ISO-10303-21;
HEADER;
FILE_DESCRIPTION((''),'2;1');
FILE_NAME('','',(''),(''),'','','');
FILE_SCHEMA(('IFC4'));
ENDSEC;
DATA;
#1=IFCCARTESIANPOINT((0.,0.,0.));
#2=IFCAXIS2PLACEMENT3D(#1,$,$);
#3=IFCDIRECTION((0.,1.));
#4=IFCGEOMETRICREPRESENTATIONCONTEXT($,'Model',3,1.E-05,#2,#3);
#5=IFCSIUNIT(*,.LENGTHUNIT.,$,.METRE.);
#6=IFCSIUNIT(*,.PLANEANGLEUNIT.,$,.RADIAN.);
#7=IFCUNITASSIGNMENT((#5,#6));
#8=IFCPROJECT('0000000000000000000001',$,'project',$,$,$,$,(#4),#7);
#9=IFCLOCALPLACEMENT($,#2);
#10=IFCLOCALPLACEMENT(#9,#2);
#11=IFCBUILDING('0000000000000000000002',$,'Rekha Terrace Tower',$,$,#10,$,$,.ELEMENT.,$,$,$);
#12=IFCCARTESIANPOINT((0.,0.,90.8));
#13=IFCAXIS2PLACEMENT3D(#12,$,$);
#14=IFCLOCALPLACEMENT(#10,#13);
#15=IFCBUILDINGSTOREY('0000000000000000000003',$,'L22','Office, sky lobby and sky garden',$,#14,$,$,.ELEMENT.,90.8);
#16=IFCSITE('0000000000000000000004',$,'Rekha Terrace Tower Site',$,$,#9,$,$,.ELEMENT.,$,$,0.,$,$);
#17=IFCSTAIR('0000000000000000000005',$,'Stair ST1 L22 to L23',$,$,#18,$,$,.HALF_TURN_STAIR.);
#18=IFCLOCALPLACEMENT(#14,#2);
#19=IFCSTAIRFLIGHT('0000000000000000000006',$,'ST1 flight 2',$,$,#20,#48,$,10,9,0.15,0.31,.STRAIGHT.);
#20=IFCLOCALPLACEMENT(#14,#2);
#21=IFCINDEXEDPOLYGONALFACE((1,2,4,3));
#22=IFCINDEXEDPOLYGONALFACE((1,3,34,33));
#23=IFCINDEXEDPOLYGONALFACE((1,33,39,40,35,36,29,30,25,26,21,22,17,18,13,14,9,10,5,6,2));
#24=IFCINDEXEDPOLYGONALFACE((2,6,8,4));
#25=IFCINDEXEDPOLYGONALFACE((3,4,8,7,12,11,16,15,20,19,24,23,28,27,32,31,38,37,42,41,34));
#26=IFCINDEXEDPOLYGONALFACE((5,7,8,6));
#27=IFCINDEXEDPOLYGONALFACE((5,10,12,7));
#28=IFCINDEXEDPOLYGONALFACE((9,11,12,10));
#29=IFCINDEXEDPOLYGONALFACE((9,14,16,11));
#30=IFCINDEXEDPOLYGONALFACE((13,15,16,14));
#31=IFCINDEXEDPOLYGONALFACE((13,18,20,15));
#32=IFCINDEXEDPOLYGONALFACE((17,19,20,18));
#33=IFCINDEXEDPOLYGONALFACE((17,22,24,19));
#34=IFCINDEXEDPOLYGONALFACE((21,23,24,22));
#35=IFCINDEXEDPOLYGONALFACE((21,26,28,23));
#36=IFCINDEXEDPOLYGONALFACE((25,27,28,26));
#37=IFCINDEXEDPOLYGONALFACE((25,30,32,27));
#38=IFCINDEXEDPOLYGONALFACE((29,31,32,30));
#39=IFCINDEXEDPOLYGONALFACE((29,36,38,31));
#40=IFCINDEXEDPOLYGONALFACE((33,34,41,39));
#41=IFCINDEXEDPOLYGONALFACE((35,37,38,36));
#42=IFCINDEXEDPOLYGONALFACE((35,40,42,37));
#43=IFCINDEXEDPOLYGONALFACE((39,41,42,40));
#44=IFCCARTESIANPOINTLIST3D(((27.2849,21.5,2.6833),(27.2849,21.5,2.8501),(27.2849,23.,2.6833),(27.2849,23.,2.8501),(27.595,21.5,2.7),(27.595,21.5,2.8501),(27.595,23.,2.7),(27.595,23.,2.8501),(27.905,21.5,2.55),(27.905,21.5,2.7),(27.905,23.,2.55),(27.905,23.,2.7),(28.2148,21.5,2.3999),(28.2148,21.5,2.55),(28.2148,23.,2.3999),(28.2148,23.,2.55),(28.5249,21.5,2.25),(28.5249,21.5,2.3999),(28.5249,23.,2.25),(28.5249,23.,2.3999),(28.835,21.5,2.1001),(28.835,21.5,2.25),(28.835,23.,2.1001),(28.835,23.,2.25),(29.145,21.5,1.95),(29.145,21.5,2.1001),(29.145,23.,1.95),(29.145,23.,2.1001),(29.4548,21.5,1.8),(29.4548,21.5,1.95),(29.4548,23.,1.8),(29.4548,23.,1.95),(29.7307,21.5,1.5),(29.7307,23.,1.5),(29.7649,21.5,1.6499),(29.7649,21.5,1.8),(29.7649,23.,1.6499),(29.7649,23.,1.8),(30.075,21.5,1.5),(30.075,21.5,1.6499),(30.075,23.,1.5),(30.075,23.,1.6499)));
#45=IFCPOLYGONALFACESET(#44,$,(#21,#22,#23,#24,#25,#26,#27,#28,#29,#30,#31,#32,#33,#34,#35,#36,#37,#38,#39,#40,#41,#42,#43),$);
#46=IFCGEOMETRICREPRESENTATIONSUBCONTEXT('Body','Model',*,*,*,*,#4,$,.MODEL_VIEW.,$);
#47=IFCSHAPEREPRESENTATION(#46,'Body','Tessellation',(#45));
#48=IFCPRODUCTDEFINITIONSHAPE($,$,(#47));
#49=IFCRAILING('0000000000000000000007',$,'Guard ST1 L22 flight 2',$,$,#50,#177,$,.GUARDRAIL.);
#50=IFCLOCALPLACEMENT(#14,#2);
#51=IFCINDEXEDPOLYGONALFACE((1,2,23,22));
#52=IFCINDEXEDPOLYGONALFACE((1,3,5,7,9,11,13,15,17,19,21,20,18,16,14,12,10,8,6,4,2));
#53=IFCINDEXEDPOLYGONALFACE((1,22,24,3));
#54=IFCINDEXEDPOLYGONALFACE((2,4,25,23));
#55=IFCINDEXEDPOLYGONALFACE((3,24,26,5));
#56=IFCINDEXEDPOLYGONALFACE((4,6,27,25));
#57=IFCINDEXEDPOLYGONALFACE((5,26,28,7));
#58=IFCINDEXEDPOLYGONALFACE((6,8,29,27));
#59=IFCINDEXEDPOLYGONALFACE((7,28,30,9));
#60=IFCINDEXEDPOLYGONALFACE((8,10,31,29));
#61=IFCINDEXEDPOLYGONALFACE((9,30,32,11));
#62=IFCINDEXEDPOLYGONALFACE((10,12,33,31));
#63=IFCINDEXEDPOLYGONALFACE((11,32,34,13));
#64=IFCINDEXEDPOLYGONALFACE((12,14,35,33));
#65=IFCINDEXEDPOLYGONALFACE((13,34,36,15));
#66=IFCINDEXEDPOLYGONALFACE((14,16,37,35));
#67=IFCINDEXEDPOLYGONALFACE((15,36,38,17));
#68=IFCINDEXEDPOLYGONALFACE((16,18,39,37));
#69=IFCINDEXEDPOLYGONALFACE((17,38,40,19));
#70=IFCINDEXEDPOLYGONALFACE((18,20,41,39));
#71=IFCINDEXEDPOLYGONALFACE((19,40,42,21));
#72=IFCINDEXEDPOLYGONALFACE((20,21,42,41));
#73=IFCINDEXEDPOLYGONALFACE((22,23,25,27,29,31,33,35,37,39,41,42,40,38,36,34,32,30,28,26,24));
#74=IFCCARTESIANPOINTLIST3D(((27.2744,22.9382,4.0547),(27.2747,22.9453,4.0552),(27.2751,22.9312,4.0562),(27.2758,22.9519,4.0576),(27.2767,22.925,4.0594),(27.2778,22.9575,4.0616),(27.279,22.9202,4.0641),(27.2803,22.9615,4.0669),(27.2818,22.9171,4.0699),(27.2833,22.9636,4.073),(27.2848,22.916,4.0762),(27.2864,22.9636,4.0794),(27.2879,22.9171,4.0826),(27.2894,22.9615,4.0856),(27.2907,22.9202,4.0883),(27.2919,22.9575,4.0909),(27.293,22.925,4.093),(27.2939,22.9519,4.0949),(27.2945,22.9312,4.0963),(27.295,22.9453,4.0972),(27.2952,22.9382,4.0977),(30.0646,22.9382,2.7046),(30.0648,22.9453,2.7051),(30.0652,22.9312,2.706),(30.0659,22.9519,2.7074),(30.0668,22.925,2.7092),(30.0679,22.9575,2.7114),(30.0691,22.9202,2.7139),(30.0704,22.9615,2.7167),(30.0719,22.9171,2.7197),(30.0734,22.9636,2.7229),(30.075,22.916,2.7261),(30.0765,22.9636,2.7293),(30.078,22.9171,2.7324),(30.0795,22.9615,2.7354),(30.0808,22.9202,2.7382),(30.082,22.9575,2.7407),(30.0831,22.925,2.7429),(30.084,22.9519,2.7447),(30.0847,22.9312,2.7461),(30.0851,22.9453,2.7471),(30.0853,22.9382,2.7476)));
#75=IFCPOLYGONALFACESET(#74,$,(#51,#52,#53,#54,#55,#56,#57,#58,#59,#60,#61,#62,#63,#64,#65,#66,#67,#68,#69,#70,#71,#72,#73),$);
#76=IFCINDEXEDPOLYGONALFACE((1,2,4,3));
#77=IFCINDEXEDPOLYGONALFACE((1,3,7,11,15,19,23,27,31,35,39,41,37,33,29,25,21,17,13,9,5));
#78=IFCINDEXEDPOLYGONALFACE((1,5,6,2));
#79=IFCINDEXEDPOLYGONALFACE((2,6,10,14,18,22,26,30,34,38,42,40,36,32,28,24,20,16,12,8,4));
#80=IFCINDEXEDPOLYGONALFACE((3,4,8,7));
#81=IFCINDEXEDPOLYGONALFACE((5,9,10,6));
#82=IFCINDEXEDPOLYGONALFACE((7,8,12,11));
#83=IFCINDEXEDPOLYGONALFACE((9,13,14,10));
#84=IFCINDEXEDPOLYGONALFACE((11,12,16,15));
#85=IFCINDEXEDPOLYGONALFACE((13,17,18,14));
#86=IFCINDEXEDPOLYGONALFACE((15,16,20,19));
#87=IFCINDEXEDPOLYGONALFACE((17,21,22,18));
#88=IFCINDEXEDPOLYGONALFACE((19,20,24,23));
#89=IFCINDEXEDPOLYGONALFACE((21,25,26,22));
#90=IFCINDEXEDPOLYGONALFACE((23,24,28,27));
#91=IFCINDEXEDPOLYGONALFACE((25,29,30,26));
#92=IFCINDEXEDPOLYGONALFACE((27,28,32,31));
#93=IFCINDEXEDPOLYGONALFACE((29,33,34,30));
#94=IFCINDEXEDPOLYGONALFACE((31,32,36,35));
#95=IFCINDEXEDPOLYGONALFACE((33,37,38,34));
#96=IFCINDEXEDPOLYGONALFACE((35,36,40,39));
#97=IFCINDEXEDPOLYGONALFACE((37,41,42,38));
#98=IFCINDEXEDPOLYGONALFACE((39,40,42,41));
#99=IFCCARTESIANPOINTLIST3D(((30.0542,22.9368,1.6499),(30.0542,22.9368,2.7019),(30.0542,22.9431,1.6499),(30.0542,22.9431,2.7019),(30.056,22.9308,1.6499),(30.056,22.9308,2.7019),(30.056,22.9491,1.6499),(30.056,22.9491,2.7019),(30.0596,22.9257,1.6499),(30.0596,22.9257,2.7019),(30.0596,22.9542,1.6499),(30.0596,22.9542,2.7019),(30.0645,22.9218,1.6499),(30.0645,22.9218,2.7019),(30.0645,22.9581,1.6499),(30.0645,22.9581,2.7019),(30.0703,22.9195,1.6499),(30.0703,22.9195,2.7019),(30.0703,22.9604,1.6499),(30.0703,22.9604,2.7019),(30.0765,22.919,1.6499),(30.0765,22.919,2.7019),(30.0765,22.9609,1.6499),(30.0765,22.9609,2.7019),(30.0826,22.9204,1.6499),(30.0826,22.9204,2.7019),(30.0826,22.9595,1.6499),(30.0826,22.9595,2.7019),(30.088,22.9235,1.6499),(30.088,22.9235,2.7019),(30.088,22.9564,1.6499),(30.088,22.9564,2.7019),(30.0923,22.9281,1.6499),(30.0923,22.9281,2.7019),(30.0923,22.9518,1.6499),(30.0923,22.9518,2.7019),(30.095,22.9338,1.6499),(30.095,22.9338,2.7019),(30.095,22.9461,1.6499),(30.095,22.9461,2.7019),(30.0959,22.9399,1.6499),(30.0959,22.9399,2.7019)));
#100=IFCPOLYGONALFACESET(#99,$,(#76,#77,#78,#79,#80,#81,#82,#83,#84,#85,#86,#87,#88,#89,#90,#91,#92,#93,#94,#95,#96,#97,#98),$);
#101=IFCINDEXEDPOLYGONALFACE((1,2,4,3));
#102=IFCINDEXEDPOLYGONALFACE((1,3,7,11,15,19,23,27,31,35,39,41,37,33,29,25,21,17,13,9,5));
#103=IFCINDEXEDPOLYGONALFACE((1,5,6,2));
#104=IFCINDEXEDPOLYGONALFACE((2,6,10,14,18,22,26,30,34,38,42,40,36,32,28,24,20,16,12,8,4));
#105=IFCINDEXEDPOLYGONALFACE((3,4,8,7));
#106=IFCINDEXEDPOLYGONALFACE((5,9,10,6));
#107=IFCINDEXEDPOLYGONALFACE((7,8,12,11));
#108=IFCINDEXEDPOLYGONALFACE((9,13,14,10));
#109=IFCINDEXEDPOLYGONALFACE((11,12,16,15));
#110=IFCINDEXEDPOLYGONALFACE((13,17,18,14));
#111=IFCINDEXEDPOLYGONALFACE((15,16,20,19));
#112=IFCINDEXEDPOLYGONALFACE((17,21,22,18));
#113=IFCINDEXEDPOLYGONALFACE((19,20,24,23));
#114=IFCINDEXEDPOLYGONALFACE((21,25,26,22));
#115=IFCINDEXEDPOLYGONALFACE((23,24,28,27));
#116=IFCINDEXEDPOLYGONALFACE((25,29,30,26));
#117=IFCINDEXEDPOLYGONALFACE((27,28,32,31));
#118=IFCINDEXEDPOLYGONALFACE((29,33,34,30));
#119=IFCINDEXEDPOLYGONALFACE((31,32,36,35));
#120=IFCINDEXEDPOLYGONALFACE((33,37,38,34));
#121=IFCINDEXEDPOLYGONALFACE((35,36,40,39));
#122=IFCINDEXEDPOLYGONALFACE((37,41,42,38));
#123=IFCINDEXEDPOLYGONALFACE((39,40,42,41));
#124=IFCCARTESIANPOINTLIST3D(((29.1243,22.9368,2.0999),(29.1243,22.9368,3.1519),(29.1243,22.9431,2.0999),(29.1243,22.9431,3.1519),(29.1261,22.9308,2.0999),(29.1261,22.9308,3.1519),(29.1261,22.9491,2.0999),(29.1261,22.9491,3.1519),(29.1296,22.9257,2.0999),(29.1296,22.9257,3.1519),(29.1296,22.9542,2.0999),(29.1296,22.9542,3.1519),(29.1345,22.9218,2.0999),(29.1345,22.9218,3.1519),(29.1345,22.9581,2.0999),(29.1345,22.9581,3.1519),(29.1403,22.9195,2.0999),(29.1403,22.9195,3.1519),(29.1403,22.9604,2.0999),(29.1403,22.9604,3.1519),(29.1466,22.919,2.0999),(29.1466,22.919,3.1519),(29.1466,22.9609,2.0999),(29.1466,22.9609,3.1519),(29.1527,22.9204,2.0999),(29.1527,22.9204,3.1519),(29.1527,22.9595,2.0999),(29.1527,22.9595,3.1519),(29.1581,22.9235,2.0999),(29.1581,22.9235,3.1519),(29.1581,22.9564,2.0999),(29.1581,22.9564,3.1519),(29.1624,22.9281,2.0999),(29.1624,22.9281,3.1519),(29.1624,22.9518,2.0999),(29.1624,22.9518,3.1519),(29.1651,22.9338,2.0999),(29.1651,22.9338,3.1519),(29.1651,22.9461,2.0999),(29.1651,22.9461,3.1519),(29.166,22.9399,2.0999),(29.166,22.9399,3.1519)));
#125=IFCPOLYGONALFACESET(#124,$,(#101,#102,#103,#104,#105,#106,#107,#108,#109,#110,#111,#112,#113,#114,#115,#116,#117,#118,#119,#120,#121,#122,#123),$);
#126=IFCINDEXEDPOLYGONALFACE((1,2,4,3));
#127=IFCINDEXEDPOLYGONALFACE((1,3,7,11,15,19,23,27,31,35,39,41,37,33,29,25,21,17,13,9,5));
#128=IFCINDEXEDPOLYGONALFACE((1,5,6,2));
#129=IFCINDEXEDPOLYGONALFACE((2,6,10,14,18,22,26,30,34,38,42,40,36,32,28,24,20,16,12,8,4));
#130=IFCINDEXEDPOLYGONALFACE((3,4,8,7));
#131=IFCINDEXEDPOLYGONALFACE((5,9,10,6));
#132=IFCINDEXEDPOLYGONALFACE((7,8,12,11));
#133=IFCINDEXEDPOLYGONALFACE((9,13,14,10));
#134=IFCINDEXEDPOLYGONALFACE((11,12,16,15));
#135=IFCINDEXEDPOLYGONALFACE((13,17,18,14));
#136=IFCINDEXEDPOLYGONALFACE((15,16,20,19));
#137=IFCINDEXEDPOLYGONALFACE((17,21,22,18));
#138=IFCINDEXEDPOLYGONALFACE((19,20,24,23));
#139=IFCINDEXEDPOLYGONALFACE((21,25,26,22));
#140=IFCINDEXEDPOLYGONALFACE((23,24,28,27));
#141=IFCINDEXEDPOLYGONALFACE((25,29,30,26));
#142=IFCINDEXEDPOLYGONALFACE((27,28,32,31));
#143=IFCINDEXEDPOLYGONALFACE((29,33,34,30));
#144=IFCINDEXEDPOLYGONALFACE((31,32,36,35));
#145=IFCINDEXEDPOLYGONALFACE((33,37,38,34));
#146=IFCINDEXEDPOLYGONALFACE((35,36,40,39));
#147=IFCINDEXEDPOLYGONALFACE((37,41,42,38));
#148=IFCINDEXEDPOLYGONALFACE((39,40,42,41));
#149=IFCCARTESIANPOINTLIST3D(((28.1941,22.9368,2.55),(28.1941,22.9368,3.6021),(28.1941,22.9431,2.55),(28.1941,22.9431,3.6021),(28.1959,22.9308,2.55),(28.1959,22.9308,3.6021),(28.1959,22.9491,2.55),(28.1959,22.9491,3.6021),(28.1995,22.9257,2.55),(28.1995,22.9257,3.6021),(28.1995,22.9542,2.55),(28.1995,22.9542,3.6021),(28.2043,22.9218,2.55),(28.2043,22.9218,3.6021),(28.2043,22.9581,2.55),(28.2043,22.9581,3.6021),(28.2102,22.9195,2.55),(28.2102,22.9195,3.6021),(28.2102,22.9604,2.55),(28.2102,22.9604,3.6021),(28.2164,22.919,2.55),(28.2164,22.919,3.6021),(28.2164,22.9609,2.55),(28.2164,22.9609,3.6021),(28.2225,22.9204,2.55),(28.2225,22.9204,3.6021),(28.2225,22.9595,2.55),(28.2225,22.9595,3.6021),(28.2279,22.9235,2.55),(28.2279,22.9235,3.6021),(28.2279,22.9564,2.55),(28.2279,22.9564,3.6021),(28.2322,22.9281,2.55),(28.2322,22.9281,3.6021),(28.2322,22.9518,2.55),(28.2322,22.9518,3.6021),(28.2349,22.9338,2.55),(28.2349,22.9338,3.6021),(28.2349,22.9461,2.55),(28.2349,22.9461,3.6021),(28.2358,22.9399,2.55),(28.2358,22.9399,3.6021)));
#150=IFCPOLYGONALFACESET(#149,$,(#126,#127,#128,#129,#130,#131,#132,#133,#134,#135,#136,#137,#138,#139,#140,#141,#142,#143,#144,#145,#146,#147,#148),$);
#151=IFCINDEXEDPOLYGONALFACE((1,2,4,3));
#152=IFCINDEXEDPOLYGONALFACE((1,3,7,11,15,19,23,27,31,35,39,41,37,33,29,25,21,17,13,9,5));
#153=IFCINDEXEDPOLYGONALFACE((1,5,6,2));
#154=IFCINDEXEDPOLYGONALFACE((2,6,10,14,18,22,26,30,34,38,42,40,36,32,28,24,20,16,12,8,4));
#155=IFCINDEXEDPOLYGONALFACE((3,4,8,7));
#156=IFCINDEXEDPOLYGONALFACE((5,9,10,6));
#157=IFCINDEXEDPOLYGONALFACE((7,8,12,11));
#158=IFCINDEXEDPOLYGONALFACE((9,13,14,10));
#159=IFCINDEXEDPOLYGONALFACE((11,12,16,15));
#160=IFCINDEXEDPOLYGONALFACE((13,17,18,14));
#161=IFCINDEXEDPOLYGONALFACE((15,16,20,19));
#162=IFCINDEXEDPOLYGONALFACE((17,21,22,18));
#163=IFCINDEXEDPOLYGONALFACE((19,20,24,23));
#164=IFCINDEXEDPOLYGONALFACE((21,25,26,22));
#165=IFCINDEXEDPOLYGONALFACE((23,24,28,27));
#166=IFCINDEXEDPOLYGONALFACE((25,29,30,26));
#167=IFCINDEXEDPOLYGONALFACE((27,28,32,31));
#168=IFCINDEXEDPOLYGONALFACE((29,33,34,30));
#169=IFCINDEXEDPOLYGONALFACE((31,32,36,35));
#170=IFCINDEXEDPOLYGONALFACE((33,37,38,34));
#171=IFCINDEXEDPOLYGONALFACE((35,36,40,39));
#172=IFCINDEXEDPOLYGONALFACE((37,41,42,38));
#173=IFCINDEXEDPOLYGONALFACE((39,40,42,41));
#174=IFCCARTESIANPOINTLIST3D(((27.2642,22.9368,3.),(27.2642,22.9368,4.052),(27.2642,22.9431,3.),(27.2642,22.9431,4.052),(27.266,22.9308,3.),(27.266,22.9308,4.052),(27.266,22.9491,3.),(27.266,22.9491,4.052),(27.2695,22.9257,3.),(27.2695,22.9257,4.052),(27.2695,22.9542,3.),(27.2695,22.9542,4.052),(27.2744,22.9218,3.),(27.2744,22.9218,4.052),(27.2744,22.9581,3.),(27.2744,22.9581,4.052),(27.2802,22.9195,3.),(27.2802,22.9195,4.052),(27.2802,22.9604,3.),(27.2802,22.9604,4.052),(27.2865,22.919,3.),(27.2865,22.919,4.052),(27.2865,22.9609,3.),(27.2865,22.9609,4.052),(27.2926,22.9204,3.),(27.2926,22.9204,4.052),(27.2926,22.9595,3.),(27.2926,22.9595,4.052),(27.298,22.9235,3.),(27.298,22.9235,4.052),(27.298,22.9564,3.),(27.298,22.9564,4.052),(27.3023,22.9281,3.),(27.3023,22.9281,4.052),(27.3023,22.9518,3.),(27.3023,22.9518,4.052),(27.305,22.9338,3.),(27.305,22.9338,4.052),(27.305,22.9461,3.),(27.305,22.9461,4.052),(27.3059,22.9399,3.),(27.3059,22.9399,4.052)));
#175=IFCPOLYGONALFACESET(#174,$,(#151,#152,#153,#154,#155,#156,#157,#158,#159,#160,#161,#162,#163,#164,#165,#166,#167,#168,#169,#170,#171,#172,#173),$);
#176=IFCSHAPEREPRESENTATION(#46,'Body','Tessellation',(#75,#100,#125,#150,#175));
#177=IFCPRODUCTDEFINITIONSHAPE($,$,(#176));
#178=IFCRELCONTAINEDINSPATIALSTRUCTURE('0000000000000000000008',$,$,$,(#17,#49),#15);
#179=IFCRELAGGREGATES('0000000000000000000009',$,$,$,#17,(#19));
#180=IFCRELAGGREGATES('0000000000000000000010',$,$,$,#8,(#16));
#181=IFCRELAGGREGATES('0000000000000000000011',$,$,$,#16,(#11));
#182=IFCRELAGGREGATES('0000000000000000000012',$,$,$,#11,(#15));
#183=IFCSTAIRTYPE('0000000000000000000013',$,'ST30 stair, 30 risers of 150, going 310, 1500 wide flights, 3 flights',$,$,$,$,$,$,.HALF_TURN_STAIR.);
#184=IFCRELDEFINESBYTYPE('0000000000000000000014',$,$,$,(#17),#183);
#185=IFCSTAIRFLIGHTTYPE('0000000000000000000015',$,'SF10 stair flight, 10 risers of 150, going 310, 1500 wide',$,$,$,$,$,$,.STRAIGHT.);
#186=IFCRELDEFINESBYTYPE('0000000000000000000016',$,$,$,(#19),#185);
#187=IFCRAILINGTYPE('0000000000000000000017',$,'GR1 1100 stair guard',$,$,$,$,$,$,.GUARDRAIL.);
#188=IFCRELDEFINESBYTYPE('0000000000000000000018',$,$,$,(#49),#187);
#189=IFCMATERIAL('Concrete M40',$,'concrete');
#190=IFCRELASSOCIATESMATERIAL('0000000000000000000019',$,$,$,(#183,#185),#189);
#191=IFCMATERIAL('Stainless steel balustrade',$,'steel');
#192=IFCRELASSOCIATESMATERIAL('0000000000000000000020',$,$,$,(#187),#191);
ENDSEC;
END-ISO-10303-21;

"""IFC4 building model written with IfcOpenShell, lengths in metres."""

from ifc_helpers import new_model, si_unit, direction, frame, origin, origin_2d, place, context, subcontext, project, spatial, polyline, circle, outline, extrude, material, type_object, element, aggregate, save


model = new_model("IFC4")

# Units and contexts
model_context = context("Model", 3, precision=1e-05, world=origin(), true_north=direction((0.0, 1.0)))
body_context = subcontext(model_context, "Body", "Model", "MODEL_VIEW")
ifc_project = project(units=[si_unit("LENGTHUNIT", "METRE"), si_unit("PLANEANGLEUNIT", "RADIAN")], contexts=[model_context])

# Site, building, storey
site_placement = place(None, origin())
site = spatial("IfcSite", under=ifc_project, at=site_placement, Name="Rekha Terrace Tower Site", CompositionType="ELEMENT", RefElevation=0.0)
building_placement = place(site_placement, origin())
building = spatial("IfcBuilding", under=site, at=building_placement, Name="Rekha Terrace Tower", CompositionType="ELEMENT")
storey_placement = place(building_placement, frame((0.0, 0.0, 90.8)))
storey = spatial("IfcBuildingStorey", under=building, at=storey_placement, Name="L22", Description="Office, sky lobby and sky garden", CompositionType="ELEMENT", Elevation=90.8)

# Stair, stair flight
ifc_material_1 = material(Name="Concrete M40", Category="concrete")
stair_type = type_object("IfcStairType", Name="ST30 stair, 30 risers of 150, going 310, 1500 wide flights, 3 flights", PredefinedType="HALF_TURN_STAIR", material=ifc_material_1)
stair_placement = place(storey_placement, origin())
stair = element("IfcStair", 1, at=stair_placement, inside=storey, type_object=stair_type, Name="Stair ST1 L22 to L23", PredefinedType="HALF_TURN_STAIR")
stair_flight_type = type_object("IfcStairFlightType", Name="SF10 stair flight, 10 risers of 150, going 310, 1500 wide", PredefinedType="STRAIGHT", material=ifc_material_1)
stair_flight_placement = place(storey_placement, frame((30.075, 22.25, 1.5), z_axis=(0.0, 0.0, 1.0), x_axis=(-1.0, 0.0, 0.0)))
stair_flight = element("IfcStairFlight", 2, at=stair_flight_placement, type_object=stair_flight_type, Name="ST1 flight 2", NumberOfRisers=10, NumberOfTreads=9, PredefinedType="STRAIGHT", RiserHeight=0.15, TreadLength=0.31, context=body_context, shape_type="SweptSolid", body=[
    extrude(outline(polyline([(0.0, 0.0), (0.0, 0.1499), (0.3101, 0.1499), (0.3101, 0.3), (0.6201, 0.3), (0.6201, 0.45), (0.9299, 0.45), (0.9299, 0.6001), (1.24, 0.6001), (1.24, 0.75), (1.55, 0.75), (1.55, 0.8999), (1.8601, 0.8999), (1.8601, 1.05), (2.1699, 1.05), (2.1699, 1.2), (2.48, 1.2), (2.48, 1.3501), (2.79, 1.3501), (2.79, 1.5), (2.79, 1.1833), (0.3442, 0.0), (0.0, 0.0)])), frame((0.0, 0.75, 0.0), z_axis=(0.0, -1.0, 0.0), x_axis=(1.0, 0.0, 0.0)), (0.0, 0.0, 1.0), 1.5),
])
aggregate(stair, [stair_flight])

# Railing
ifc_material_2 = material(Name="Stainless steel balustrade", Category="steel")
railing_type_1 = type_object("IfcRailingType", Name="GR1 1100 stair guard", PredefinedType="GUARDRAIL", material=ifc_material_2)
railing_1_placement = place(storey_placement, frame((30.075, 22.9399, 1.6499)))
element("IfcRailing", 3, at=railing_1_placement, inside=storey, type_object=railing_type_1, Name="Guard ST1 L22 flight 2", PredefinedType="GUARDRAIL", context=body_context, shape_type="SweptSolid", body=[
    extrude(circle(Radius=0.0239, at=origin_2d()), frame((0.0, 0.0, 1.0762), z_axis=(-0.900149, 0.0, 0.435582), x_axis=(0.0, -1.0, 0.0)), (0.0, 0.0, 1.0), 3.0996),
    extrude(circle(Radius=0.021, at=origin_2d()), origin(), (0.0, 0.0, 1.0), 1.052),
    extrude(circle(Radius=0.021, at=origin_2d()), frame((-0.9299, 0.0, 0.45)), (0.0, 0.0, 1.0), 1.052),
    extrude(circle(Radius=0.021, at=origin_2d()), frame((-1.8601, 0.0, 0.9001)), (0.0, 0.0, 1.0), 1.052),
    extrude(circle(Radius=0.021, at=origin_2d()), frame((-2.79, 0.0, 1.3501)), (0.0, 0.0, 1.0), 1.052),
])

save(model, "model.ifc")
